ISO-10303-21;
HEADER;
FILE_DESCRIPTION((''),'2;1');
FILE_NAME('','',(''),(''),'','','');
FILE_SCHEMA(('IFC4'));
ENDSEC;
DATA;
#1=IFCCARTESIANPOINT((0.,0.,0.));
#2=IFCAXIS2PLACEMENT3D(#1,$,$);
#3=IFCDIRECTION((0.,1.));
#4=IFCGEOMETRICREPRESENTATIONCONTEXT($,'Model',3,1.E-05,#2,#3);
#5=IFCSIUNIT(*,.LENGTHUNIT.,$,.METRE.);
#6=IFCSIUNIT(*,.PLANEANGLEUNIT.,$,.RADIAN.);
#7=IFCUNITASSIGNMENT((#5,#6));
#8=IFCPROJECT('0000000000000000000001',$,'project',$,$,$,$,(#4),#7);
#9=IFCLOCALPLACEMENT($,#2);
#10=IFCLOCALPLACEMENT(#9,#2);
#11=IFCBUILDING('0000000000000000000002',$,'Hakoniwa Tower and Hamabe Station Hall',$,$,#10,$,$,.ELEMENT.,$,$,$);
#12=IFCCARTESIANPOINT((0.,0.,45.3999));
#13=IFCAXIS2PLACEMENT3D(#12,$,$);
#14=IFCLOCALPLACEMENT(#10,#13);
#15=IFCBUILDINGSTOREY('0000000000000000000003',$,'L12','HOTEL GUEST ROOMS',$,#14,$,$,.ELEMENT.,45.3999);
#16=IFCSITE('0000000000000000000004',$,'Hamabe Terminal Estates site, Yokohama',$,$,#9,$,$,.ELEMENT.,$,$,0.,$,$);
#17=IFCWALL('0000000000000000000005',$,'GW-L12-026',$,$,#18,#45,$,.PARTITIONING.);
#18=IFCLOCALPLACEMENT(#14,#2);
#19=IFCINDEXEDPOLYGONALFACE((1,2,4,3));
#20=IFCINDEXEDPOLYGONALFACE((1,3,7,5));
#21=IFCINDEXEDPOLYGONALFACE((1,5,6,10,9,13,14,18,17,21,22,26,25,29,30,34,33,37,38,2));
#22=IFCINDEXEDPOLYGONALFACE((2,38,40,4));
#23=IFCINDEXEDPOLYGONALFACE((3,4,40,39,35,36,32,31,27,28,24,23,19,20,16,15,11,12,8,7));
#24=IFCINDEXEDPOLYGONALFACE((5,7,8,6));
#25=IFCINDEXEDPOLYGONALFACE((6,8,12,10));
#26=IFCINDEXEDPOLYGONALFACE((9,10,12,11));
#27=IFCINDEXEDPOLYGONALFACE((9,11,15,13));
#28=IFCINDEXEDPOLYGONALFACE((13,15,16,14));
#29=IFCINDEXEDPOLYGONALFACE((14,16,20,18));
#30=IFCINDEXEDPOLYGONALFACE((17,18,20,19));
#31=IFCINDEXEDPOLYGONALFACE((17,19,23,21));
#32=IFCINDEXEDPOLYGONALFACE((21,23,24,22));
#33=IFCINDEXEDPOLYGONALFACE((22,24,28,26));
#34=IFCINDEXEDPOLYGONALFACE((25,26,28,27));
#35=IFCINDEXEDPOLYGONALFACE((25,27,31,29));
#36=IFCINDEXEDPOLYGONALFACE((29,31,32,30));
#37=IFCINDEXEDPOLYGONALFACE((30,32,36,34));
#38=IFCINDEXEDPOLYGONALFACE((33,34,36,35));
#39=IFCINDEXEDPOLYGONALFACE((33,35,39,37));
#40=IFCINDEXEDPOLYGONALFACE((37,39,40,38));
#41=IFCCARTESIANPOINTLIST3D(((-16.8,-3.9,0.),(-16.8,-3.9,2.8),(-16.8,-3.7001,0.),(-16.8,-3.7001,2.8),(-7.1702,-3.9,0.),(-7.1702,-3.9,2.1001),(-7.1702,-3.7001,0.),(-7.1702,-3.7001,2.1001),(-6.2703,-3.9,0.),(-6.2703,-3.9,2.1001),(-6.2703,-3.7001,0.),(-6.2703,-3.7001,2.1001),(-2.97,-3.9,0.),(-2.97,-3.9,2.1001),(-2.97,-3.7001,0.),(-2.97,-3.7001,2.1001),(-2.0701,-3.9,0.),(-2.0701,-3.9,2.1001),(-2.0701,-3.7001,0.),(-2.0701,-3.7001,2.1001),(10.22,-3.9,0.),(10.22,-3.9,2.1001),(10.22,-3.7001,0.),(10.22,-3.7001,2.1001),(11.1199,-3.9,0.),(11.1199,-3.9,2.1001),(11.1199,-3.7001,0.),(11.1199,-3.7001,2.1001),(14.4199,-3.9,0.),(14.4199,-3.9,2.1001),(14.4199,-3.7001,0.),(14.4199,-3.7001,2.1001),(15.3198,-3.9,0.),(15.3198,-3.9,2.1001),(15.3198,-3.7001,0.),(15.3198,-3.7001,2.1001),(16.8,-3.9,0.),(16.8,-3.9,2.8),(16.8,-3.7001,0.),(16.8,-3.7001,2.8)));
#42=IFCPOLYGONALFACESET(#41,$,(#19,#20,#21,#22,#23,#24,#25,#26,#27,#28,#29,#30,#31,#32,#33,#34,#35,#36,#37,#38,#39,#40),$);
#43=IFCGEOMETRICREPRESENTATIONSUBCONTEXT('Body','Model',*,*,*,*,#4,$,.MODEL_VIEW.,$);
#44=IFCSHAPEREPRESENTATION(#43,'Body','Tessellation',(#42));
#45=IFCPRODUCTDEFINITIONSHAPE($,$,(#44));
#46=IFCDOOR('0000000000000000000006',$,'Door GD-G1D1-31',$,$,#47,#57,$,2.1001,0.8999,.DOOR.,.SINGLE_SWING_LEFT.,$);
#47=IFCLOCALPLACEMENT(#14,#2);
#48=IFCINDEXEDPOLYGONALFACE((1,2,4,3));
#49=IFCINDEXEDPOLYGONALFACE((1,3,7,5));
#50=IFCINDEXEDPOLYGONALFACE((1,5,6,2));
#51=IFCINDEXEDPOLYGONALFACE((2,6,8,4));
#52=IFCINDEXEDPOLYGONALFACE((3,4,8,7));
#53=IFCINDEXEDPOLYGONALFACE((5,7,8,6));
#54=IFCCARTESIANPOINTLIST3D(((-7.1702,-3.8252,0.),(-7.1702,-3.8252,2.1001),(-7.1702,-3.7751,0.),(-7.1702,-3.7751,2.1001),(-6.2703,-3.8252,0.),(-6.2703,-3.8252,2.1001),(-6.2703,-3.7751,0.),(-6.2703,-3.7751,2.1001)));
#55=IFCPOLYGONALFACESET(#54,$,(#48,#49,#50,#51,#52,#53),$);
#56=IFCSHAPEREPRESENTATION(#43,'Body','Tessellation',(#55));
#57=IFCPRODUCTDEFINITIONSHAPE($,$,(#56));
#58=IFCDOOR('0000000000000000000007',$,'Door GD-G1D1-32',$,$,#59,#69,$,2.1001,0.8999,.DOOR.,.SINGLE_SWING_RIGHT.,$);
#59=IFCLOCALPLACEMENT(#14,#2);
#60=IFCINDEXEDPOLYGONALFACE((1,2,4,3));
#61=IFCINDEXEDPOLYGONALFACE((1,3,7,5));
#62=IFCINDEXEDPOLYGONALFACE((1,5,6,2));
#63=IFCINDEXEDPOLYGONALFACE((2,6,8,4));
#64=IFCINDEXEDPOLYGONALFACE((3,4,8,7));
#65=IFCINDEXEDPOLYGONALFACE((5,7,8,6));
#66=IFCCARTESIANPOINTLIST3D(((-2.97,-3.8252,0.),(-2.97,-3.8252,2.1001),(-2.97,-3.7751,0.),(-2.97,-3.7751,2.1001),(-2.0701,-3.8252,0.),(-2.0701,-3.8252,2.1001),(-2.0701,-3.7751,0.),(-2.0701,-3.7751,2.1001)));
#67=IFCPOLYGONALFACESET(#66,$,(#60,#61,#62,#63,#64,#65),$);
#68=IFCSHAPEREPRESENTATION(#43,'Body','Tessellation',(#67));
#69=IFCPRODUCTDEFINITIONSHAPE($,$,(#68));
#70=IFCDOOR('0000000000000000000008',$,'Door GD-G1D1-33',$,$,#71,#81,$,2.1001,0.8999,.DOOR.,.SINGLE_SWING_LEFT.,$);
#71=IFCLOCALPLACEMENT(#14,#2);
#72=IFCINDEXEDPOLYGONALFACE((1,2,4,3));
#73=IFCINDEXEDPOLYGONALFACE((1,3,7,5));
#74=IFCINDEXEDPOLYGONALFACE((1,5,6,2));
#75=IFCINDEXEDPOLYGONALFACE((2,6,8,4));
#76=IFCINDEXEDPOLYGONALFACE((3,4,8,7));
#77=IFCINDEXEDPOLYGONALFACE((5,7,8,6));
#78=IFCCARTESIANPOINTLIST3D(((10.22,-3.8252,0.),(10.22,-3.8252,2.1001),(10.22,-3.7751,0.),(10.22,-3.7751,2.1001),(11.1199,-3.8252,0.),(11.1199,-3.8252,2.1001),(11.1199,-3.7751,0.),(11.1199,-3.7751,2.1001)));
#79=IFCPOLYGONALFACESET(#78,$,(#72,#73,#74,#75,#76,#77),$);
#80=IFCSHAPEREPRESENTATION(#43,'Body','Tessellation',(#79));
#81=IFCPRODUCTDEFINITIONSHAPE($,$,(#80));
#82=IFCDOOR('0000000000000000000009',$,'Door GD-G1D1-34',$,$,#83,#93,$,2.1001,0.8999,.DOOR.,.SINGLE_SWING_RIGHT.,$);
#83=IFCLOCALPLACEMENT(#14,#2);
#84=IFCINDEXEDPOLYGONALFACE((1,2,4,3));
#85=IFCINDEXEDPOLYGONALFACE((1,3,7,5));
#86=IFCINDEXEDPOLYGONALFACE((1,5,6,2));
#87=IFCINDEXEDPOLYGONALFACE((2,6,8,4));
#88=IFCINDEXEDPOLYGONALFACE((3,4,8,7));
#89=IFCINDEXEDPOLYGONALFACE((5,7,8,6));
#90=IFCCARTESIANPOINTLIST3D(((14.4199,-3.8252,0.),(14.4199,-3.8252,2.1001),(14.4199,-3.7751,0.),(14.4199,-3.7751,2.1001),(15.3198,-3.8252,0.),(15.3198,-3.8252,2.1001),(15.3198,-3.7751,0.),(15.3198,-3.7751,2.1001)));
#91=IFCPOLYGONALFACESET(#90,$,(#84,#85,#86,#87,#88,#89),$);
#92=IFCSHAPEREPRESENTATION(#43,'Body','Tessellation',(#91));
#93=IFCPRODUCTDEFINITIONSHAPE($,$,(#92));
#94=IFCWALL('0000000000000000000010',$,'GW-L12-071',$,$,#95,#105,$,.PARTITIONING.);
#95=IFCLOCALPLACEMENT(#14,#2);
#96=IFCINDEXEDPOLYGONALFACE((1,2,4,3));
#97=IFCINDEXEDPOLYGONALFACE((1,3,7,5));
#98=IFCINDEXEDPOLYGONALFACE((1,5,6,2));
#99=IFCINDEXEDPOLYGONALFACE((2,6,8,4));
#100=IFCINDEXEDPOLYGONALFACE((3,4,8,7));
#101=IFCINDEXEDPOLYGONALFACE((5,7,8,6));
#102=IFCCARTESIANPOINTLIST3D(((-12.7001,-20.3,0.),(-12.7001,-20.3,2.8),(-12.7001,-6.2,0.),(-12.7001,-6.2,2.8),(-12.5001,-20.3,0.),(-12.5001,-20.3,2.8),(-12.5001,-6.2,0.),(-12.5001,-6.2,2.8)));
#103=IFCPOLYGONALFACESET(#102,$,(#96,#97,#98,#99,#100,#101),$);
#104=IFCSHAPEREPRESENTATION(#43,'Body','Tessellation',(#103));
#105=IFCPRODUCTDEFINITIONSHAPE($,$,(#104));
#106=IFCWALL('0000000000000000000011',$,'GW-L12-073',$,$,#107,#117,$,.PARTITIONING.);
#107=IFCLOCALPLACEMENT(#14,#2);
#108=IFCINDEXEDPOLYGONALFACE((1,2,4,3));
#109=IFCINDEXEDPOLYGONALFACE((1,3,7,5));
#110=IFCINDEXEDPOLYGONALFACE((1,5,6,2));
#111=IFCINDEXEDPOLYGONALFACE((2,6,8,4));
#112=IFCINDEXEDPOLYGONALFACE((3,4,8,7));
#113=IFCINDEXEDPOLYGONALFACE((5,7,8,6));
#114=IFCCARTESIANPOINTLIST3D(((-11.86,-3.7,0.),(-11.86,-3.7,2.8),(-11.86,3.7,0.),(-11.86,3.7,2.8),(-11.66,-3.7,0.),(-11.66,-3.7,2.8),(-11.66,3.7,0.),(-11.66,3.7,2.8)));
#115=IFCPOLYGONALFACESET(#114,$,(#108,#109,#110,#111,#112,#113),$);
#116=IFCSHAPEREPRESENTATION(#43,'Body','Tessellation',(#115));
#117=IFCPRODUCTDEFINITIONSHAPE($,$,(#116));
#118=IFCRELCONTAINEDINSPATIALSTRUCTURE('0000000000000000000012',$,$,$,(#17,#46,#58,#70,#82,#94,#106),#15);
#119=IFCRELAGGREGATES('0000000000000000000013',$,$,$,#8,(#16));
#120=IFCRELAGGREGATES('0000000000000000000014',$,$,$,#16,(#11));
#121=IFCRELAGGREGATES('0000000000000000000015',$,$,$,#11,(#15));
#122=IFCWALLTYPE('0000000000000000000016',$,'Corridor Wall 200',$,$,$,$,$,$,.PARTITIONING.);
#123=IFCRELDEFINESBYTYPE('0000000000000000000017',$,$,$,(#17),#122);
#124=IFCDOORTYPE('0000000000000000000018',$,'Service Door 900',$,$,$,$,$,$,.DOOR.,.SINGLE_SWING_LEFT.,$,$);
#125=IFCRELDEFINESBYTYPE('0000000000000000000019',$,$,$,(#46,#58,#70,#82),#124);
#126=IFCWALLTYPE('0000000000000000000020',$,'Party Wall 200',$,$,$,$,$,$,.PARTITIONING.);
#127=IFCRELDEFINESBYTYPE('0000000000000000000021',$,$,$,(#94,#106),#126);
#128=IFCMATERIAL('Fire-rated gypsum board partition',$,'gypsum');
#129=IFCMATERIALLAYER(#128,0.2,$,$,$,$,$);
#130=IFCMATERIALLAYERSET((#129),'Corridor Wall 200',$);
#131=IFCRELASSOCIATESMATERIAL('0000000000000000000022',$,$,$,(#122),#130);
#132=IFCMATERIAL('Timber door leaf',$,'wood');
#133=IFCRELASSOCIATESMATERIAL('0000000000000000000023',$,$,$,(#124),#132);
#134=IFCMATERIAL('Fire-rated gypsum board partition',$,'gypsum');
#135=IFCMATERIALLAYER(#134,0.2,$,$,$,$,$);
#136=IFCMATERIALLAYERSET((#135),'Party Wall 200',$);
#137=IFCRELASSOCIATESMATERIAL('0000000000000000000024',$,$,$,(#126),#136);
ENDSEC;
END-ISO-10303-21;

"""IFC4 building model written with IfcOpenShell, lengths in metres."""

from ifc_helpers import new_model, si_unit, direction, frame, frame_2d, origin, place, context, subcontext, project, spatial, rectangle, extrude, material, layer, layer_set, type_object, element, fill, save


model = new_model("IFC4")

# Units and contexts
model_context = context("Model", 3, precision=1e-05, world=origin(), true_north=direction((0.0, 1.0)))
body_context = subcontext(model_context, "Body", "Model", "MODEL_VIEW")
ifc_project = project(units=[si_unit("LENGTHUNIT", "METRE"), si_unit("PLANEANGLEUNIT", "RADIAN")], contexts=[model_context])

# Site, building, storey
site_placement = place(None, origin())
site = spatial("IfcSite", under=ifc_project, at=site_placement, Name="Hamabe Terminal Estates site, Yokohama", CompositionType="ELEMENT", RefElevation=0.0)
building_placement = place(site_placement, origin())
building = spatial("IfcBuilding", under=site, at=building_placement, Name="Hakoniwa Tower and Hamabe Station Hall", CompositionType="ELEMENT")
storey_placement = place(building_placement, frame((0.0, 0.0, 45.3999)))
storey = spatial("IfcBuildingStorey", under=building, at=storey_placement, Name="L12", Description="HOTEL GUEST ROOMS", CompositionType="ELEMENT", Elevation=45.3999)

# Wall, openings, doors
ifc_material_1 = material(Name="Fire-rated gypsum board partition", Category="gypsum")
ifc_layer_1 = layer(ifc_material_1, 0.2)
ifc_layer_set_1 = layer_set([ifc_layer_1], Name="Corridor Wall 200")
wall_type_1 = type_object("IfcWallType", Name="Corridor Wall 200", PredefinedType="PARTITIONING", material=ifc_layer_set_1)
ifc_material_2 = material(Name="Timber door leaf", Category="wood")
door_type_1 = type_object("IfcDoorType", Name="Service Door 900", OperationType="SINGLE_SWING_LEFT", PredefinedType="DOOR", material=ifc_material_2)
wall_1_placement = place(storey_placement, frame((-16.8, -3.8, 0.0), z_axis=(0.0, 0.0, 1.0), x_axis=(1.0, 0.0, 0.0)))
wall_1 = element("IfcWall", 1, at=wall_1_placement, inside=storey, type_object=wall_type_1, Name="GW-L12-026", PredefinedType="PARTITIONING", context=body_context, shape_type="SweptSolid", body=[
    extrude(rectangle(XDim=33.6001, YDim=0.2, at=frame_2d((16.8, 0.0))), origin(), (0.0, 0.0, 1.0), 2.8),
])
opening_1_placement = place(wall_1_placement, frame((9.6299, 0.0, 0.0)))
opening_1 = element("IfcOpeningElement", 2, at=opening_1_placement, cuts=wall_1, PredefinedType="OPENING", context=body_context, shape_type="SweptSolid", body=[
    extrude(rectangle(XDim=0.8999, YDim=2.1001, at=frame_2d((0.45, 1.05))), frame((0.0, 0.1099, 0.0), z_axis=(0.0, -1.0, 0.0), x_axis=(1.0, 0.0, 0.0)), (0.0, 0.0, 1.0), 0.22),
])
opening_2_placement = place(wall_1_placement, frame((13.8301, 0.0, 0.0)))
opening_2 = element("IfcOpeningElement", 3, at=opening_2_placement, cuts=wall_1, PredefinedType="OPENING", context=body_context, shape_type="SweptSolid", body=[
    extrude(rectangle(XDim=0.8999, YDim=2.1001, at=frame_2d((0.45, 1.05))), frame((0.0, 0.1099, 0.0), z_axis=(0.0, -1.0, 0.0), x_axis=(1.0, 0.0, 0.0)), (0.0, 0.0, 1.0), 0.22),
])
opening_3_placement = place(wall_1_placement, frame((27.02, 0.0, 0.0)))
opening_3 = element("IfcOpeningElement", 4, at=opening_3_placement, cuts=wall_1, PredefinedType="OPENING", context=body_context, shape_type="SweptSolid", body=[
    extrude(rectangle(XDim=0.8999, YDim=2.1001, at=frame_2d((0.45, 1.05))), frame((0.0, 0.1099, 0.0), z_axis=(0.0, -1.0, 0.0), x_axis=(1.0, 0.0, 0.0)), (0.0, 0.0, 1.0), 0.22),
])
opening_4_placement = place(wall_1_placement, frame((31.22, 0.0, 0.0)))
opening_4 = element("IfcOpeningElement", 5, at=opening_4_placement, cuts=wall_1, PredefinedType="OPENING", context=body_context, shape_type="SweptSolid", body=[
    extrude(rectangle(XDim=0.8999, YDim=2.1001, at=frame_2d((0.45, 1.05))), frame((0.0, 0.1099, 0.0), z_axis=(0.0, -1.0, 0.0), x_axis=(1.0, 0.0, 0.0)), (0.0, 0.0, 1.0), 0.22),
])
door_1_placement = place(opening_1_placement, origin())
door_1 = element("IfcDoor", 6, at=door_1_placement, inside=storey, type_object=door_type_1, Name="Door GD-G1D1-31", OperationType="SINGLE_SWING_LEFT", OverallHeight=2.1001, OverallWidth=0.8999, PredefinedType="DOOR", context=body_context, shape_type="SweptSolid", body=[
    extrude(rectangle(XDim=0.8999, YDim=2.1001, at=frame_2d((0.45, 1.05))), frame((0.0, 0.0249, 0.0), z_axis=(0.0, -1.0, 0.0), x_axis=(1.0, 0.0, 0.0)), (0.0, 0.0, 1.0), 0.05),
])
fill(opening_1, door_1)
door_2_placement = place(opening_2_placement, origin())
door_2 = element("IfcDoor", 7, at=door_2_placement, inside=storey, type_object=door_type_1, Name="Door GD-G1D1-32", OperationType="SINGLE_SWING_RIGHT", OverallHeight=2.1001, OverallWidth=0.8999, PredefinedType="DOOR", context=body_context, shape_type="SweptSolid", body=[
    extrude(rectangle(XDim=0.8999, YDim=2.1001, at=frame_2d((0.45, 1.05))), frame((0.0, 0.0249, 0.0), z_axis=(0.0, -1.0, 0.0), x_axis=(1.0, 0.0, 0.0)), (0.0, 0.0, 1.0), 0.05),
])
fill(opening_2, door_2)
door_3_placement = place(opening_3_placement, origin())
door_3 = element("IfcDoor", 8, at=door_3_placement, inside=storey, type_object=door_type_1, Name="Door GD-G1D1-33", OperationType="SINGLE_SWING_LEFT", OverallHeight=2.1001, OverallWidth=0.8999, PredefinedType="DOOR", context=body_context, shape_type="SweptSolid", body=[
    extrude(rectangle(XDim=0.8999, YDim=2.1001, at=frame_2d((0.45, 1.05))), frame((0.0, 0.0249, 0.0), z_axis=(0.0, -1.0, 0.0), x_axis=(1.0, 0.0, 0.0)), (0.0, 0.0, 1.0), 0.05),
])
fill(opening_3, door_3)
door_4_placement = place(opening_4_placement, origin())
door_4 = element("IfcDoor", 9, at=door_4_placement, inside=storey, type_object=door_type_1, Name="Door GD-G1D1-34", OperationType="SINGLE_SWING_RIGHT", OverallHeight=2.1001, OverallWidth=0.8999, PredefinedType="DOOR", context=body_context, shape_type="SweptSolid", body=[
    extrude(rectangle(XDim=0.8999, YDim=2.1001, at=frame_2d((0.45, 1.05))), frame((0.0, 0.0249, 0.0), z_axis=(0.0, -1.0, 0.0), x_axis=(1.0, 0.0, 0.0)), (0.0, 0.0, 1.0), 0.05),
])
fill(opening_4, door_4)

# Walls
ifc_material_3 = material(Name="Fire-rated gypsum board partition", Category="gypsum")
ifc_layer_2 = layer(ifc_material_3, 0.2)
ifc_layer_set_2 = layer_set([ifc_layer_2], Name="Party Wall 200")
wall_type_2 = type_object("IfcWallType", Name="Party Wall 200", PredefinedType="PARTITIONING", material=ifc_layer_set_2)
wall_2_placement = place(storey_placement, frame((-12.6001, -20.3, 0.0), z_axis=(0.0, 0.0, 1.0), x_axis=(0.0, 1.0, 0.0)))
element("IfcWall", 10, at=wall_2_placement, inside=storey, type_object=wall_type_2, Name="GW-L12-071", PredefinedType="PARTITIONING", context=body_context, shape_type="SweptSolid", body=[
    extrude(rectangle(XDim=14.1001, YDim=0.2, at=frame_2d((7.05, 0.0))), origin(), (0.0, 0.0, 1.0), 2.8),
])
wall_3_placement = place(storey_placement, frame((-11.76, -3.7, 0.0), z_axis=(0.0, 0.0, 1.0), x_axis=(0.0, 1.0, 0.0)))
element("IfcWall", 11, at=wall_3_placement, inside=storey, type_object=wall_type_2, Name="GW-L12-073", PredefinedType="PARTITIONING", context=body_context, shape_type="SweptSolid", body=[
    extrude(rectangle(XDim=7.3999, YDim=0.2, at=frame_2d((3.7, 0.0))), origin(), (0.0, 0.0, 1.0), 2.8),
])

save(model, "model.ifc")
